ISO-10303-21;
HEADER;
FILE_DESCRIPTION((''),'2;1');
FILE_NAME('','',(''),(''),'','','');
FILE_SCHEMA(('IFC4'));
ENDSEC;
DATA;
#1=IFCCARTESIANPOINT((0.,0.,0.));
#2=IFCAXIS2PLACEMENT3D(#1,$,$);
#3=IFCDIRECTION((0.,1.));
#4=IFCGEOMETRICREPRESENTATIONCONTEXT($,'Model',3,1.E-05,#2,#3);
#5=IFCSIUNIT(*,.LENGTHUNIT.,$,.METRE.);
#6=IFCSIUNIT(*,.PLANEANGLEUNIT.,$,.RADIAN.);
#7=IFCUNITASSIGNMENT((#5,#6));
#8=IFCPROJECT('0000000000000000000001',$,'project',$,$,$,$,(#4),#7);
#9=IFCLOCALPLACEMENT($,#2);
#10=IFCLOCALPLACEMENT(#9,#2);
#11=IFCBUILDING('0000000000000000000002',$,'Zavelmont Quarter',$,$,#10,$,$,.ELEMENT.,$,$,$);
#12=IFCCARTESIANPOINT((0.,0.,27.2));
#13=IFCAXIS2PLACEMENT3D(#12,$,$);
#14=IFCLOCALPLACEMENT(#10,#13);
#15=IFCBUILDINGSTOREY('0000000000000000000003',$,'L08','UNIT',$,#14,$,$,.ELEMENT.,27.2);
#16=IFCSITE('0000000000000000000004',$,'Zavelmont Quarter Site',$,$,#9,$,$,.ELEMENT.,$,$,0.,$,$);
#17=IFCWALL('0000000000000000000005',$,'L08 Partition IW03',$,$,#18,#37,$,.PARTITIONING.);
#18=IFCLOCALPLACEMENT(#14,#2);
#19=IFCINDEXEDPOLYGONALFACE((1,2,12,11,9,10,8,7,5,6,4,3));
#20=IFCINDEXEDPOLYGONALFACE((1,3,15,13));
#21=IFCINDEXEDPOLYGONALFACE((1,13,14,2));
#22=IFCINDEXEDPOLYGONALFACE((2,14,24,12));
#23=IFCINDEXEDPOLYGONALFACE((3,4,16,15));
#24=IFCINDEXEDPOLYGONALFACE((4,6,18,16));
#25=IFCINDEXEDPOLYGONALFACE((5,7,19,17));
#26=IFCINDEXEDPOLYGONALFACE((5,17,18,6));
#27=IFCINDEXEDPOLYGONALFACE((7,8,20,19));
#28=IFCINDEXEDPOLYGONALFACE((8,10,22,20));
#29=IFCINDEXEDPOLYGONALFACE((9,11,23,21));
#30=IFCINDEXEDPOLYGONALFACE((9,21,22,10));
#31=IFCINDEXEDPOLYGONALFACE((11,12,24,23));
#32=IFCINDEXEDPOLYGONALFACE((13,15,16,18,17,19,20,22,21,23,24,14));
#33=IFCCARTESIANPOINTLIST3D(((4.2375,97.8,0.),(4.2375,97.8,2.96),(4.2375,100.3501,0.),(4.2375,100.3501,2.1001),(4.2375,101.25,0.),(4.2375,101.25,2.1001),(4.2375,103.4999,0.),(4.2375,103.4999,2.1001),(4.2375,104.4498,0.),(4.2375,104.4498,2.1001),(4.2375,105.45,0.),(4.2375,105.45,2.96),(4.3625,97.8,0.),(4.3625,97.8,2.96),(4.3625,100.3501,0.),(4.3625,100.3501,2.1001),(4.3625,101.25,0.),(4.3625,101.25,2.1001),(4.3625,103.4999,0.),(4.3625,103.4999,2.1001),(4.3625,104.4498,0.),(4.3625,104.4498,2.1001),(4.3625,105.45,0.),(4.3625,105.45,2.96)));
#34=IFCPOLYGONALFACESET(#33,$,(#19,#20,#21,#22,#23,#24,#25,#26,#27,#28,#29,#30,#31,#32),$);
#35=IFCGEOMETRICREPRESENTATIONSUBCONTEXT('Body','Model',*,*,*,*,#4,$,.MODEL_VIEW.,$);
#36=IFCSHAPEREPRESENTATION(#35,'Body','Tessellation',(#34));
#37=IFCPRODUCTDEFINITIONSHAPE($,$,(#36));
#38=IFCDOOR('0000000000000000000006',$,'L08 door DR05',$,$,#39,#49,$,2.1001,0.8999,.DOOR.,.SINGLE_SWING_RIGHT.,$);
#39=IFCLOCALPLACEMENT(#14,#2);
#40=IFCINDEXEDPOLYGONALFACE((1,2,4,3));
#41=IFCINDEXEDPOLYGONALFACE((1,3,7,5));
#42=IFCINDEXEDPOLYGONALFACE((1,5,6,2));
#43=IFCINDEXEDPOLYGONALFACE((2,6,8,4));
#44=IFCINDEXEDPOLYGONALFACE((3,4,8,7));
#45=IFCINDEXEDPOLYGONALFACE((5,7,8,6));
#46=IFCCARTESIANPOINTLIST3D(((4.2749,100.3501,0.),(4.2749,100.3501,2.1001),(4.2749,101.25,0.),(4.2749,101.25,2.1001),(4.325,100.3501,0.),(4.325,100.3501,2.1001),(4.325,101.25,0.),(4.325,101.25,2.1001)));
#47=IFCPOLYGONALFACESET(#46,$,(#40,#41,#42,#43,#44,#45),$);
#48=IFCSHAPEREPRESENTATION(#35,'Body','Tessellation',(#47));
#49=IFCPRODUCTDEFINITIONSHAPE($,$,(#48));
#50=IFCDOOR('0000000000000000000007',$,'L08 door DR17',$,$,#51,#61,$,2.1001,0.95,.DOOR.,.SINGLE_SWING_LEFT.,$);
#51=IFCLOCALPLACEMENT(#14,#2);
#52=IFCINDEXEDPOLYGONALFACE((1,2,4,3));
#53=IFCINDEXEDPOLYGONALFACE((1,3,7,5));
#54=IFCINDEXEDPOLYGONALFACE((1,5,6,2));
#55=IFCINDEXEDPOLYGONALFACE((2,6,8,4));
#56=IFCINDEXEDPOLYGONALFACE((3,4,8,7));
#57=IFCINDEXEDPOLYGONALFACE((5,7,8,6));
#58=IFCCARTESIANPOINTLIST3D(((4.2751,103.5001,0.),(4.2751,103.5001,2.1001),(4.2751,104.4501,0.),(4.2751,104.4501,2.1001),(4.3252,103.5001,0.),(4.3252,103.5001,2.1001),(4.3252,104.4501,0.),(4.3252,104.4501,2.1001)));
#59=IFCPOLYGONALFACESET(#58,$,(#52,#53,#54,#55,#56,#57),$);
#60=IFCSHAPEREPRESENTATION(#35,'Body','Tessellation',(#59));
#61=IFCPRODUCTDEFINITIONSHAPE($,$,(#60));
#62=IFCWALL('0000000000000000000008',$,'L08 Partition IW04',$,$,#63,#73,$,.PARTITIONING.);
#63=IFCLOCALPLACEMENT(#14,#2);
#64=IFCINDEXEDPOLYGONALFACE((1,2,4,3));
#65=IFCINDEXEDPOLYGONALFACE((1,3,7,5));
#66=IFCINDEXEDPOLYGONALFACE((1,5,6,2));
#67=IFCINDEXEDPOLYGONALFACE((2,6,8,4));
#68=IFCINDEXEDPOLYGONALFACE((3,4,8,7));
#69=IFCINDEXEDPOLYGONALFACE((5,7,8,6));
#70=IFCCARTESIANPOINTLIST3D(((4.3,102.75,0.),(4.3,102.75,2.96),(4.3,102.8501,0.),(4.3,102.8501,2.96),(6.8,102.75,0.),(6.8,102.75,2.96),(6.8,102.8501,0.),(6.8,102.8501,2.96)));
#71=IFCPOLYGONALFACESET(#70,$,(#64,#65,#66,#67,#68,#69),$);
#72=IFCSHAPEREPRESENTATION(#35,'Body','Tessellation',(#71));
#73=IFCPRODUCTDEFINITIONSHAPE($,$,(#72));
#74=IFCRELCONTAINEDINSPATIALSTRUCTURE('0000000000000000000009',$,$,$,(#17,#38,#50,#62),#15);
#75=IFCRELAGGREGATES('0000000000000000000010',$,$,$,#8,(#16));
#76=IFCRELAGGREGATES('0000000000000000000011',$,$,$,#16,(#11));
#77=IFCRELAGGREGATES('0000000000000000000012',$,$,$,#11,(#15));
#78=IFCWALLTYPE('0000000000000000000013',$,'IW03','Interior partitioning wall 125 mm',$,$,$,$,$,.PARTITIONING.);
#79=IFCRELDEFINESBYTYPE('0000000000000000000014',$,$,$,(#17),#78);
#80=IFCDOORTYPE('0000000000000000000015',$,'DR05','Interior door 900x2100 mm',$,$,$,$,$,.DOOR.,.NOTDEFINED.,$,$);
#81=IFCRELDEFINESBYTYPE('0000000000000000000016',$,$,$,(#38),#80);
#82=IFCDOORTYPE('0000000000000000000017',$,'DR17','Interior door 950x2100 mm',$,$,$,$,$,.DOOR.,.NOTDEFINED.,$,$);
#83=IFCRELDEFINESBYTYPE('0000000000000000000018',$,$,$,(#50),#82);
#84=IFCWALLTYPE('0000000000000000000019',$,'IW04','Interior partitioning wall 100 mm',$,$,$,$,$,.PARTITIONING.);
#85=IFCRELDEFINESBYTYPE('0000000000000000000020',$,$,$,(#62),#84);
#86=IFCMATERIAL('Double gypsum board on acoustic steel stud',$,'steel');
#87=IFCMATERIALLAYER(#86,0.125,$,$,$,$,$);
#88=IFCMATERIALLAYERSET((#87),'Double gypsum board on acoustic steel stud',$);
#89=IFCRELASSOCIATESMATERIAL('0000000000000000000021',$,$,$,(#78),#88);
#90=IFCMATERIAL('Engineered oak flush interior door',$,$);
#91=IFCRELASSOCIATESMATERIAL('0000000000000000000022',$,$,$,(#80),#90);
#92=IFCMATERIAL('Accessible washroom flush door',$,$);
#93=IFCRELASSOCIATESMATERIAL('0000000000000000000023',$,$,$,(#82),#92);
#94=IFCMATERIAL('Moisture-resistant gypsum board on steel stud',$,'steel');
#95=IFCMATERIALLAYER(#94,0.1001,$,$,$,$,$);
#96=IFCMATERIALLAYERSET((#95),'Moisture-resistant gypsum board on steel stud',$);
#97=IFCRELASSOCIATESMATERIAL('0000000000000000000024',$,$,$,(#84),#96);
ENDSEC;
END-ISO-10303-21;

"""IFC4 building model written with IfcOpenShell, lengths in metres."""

from ifc_helpers import new_model, si_unit, direction, frame, frame_2d, origin, origin_with_axes, place, context, subcontext, project, spatial, rectangle, extrude, material, layer, layer_set, type_object, element, fill, save


model = new_model("IFC4")

# Units and contexts
model_context = context("Model", 3, precision=1e-05, world=origin(), true_north=direction((0.0, 1.0)))
body_context = subcontext(model_context, "Body", "Model", "MODEL_VIEW")
ifc_project = project(units=[si_unit("LENGTHUNIT", "METRE"), si_unit("PLANEANGLEUNIT", "RADIAN")], contexts=[model_context])

# Site, building, storey
site_placement = place(None, origin())
site = spatial("IfcSite", under=ifc_project, at=site_placement, Name="Zavelmont Quarter Site", CompositionType="ELEMENT", RefElevation=0.0)
building_placement = place(site_placement, origin())
building = spatial("IfcBuilding", under=site, at=building_placement, Name="Zavelmont Quarter", CompositionType="ELEMENT")
storey_placement = place(building_placement, frame((0.0, 0.0, 27.2)))
storey = spatial("IfcBuildingStorey", under=building, at=storey_placement, Name="L08", Description="UNIT", CompositionType="ELEMENT", Elevation=27.2)

# Wall, openings, doors
ifc_material_1 = material(Name="Double gypsum board on acoustic steel stud", Category="steel")
ifc_layer_1 = layer(ifc_material_1, 0.125)
ifc_layer_set_1 = layer_set([ifc_layer_1], Name="Double gypsum board on acoustic steel stud")
wall_type_1 = type_object("IfcWallType", Name="IW03", Description="Interior partitioning wall 125 mm", PredefinedType="PARTITIONING", material=ifc_layer_set_1)
wall_1_placement = place(storey_placement, frame((4.3, 105.45, 0.0), z_axis=(0.0, 0.0, 1.0), x_axis=(0.0, -1.0, 0.0)))
wall_1 = element("IfcWall", 1, at=wall_1_placement, inside=storey, type_object=wall_type_1, Name="L08 Partition IW03", PredefinedType="PARTITIONING", context=body_context, shape_type="SweptSolid", body=[
    extrude(rectangle(XDim=7.6499, YDim=0.125, at=frame_2d((3.825, 0.0))), origin(), (0.0, 0.0, 1.0), 2.96),
])
opening_1_placement = place(wall_1_placement, frame((1.0, 0.0, 0.0)))
opening_1 = element("IfcOpeningElement", 2, at=opening_1_placement, cuts=wall_1, PredefinedType="OPENING", context=body_context, shape_type="SweptSolid", body=[
    extrude(rectangle(XDim=0.95, YDim=2.1001, at=frame_2d((0.4751, 1.05))), frame((0.0, 0.0745, 0.0), z_axis=(0.0, -1.0, 0.0), x_axis=(1.0, 0.0, 0.0)), (0.0, 0.0, 1.0), 0.1489),
])
opening_2_placement = place(wall_1_placement, frame((4.2, 0.0, 0.0)))
opening_2 = element("IfcOpeningElement", 3, at=opening_2_placement, cuts=wall_1, PredefinedType="OPENING", context=body_context, shape_type="SweptSolid", body=[
    extrude(rectangle(XDim=0.8999, YDim=2.1001, at=frame_2d((0.45, 1.05))), frame((0.0, 0.0745, 0.0), z_axis=(0.0, -1.0, 0.0), x_axis=(1.0, 0.0, 0.0)), (0.0, 0.0, 1.0), 0.1489),
])
ifc_material_2 = material(Name="Engineered oak flush interior door")
door_type_1 = type_object("IfcDoorType", Name="DR05", Description="Interior door 900x2100 mm", OperationType="NOTDEFINED", PredefinedType="DOOR", material=ifc_material_2)
door_1_placement = place(opening_2_placement, origin_with_axes())
door_1 = element("IfcDoor", 4, at=door_1_placement, inside=storey, type_object=door_type_1, Name="L08 door DR05", OperationType="SINGLE_SWING_RIGHT", OverallHeight=2.1001, OverallWidth=0.8999, PredefinedType="DOOR", context=body_context, shape_type="SweptSolid", body=[
    extrude(rectangle(XDim=0.8999, YDim=2.1001, at=frame_2d((0.45, 1.05))), frame((0.0, 0.0249, 0.0), z_axis=(0.0, -1.0, 0.0), x_axis=(1.0, 0.0, 0.0)), (0.0, 0.0, 1.0), 0.05),
])
fill(opening_2, door_1)
ifc_material_3 = material(Name="Accessible washroom flush door")
door_type_2 = type_object("IfcDoorType", Name="DR17", Description="Interior door 950x2100 mm", OperationType="NOTDEFINED", PredefinedType="DOOR", material=ifc_material_3)
door_2_placement = place(opening_1_placement, frame((0.95, 0.0, 0.0), z_axis=(0.0, 0.0, 1.0), x_axis=(-1.0, 0.0, 0.0)))
door_2 = element("IfcDoor", 5, at=door_2_placement, inside=storey, type_object=door_type_2, Name="L08 door DR17", OperationType="SINGLE_SWING_LEFT", OverallHeight=2.1001, OverallWidth=0.95, PredefinedType="DOOR", context=body_context, shape_type="SweptSolid", body=[
    extrude(rectangle(XDim=0.95, YDim=2.1001, at=frame_2d((0.4751, 1.05))), frame((0.0, 0.0249, 0.0), z_axis=(0.0, -1.0, 0.0), x_axis=(1.0, 0.0, 0.0)), (0.0, 0.0, 1.0), 0.05),
])
fill(opening_1, door_2)

# Wall
ifc_material_4 = material(Name="Moisture-resistant gypsum board on steel stud", Category="steel")
ifc_layer_2 = layer(ifc_material_4, 0.1001)
ifc_layer_set_2 = layer_set([ifc_layer_2], Name="Moisture-resistant gypsum board on steel stud")
wall_type_2 = type_object("IfcWallType", Name="IW04", Description="Interior partitioning wall 100 mm", PredefinedType="PARTITIONING", material=ifc_layer_set_2)
wall_2_placement = place(storey_placement, frame((4.3, 102.8, 0.0), z_axis=(0.0, 0.0, 1.0), x_axis=(1.0, 0.0, 0.0)))
element("IfcWall", 6, at=wall_2_placement, inside=storey, type_object=wall_type_2, Name="L08 Partition IW04", PredefinedType="PARTITIONING", context=body_context, shape_type="SweptSolid", body=[
    extrude(rectangle(XDim=2.5, YDim=0.1001, at=frame_2d((1.25, 0.0))), origin(), (0.0, 0.0, 1.0), 2.96),
])

save(model, "model.ifc")
